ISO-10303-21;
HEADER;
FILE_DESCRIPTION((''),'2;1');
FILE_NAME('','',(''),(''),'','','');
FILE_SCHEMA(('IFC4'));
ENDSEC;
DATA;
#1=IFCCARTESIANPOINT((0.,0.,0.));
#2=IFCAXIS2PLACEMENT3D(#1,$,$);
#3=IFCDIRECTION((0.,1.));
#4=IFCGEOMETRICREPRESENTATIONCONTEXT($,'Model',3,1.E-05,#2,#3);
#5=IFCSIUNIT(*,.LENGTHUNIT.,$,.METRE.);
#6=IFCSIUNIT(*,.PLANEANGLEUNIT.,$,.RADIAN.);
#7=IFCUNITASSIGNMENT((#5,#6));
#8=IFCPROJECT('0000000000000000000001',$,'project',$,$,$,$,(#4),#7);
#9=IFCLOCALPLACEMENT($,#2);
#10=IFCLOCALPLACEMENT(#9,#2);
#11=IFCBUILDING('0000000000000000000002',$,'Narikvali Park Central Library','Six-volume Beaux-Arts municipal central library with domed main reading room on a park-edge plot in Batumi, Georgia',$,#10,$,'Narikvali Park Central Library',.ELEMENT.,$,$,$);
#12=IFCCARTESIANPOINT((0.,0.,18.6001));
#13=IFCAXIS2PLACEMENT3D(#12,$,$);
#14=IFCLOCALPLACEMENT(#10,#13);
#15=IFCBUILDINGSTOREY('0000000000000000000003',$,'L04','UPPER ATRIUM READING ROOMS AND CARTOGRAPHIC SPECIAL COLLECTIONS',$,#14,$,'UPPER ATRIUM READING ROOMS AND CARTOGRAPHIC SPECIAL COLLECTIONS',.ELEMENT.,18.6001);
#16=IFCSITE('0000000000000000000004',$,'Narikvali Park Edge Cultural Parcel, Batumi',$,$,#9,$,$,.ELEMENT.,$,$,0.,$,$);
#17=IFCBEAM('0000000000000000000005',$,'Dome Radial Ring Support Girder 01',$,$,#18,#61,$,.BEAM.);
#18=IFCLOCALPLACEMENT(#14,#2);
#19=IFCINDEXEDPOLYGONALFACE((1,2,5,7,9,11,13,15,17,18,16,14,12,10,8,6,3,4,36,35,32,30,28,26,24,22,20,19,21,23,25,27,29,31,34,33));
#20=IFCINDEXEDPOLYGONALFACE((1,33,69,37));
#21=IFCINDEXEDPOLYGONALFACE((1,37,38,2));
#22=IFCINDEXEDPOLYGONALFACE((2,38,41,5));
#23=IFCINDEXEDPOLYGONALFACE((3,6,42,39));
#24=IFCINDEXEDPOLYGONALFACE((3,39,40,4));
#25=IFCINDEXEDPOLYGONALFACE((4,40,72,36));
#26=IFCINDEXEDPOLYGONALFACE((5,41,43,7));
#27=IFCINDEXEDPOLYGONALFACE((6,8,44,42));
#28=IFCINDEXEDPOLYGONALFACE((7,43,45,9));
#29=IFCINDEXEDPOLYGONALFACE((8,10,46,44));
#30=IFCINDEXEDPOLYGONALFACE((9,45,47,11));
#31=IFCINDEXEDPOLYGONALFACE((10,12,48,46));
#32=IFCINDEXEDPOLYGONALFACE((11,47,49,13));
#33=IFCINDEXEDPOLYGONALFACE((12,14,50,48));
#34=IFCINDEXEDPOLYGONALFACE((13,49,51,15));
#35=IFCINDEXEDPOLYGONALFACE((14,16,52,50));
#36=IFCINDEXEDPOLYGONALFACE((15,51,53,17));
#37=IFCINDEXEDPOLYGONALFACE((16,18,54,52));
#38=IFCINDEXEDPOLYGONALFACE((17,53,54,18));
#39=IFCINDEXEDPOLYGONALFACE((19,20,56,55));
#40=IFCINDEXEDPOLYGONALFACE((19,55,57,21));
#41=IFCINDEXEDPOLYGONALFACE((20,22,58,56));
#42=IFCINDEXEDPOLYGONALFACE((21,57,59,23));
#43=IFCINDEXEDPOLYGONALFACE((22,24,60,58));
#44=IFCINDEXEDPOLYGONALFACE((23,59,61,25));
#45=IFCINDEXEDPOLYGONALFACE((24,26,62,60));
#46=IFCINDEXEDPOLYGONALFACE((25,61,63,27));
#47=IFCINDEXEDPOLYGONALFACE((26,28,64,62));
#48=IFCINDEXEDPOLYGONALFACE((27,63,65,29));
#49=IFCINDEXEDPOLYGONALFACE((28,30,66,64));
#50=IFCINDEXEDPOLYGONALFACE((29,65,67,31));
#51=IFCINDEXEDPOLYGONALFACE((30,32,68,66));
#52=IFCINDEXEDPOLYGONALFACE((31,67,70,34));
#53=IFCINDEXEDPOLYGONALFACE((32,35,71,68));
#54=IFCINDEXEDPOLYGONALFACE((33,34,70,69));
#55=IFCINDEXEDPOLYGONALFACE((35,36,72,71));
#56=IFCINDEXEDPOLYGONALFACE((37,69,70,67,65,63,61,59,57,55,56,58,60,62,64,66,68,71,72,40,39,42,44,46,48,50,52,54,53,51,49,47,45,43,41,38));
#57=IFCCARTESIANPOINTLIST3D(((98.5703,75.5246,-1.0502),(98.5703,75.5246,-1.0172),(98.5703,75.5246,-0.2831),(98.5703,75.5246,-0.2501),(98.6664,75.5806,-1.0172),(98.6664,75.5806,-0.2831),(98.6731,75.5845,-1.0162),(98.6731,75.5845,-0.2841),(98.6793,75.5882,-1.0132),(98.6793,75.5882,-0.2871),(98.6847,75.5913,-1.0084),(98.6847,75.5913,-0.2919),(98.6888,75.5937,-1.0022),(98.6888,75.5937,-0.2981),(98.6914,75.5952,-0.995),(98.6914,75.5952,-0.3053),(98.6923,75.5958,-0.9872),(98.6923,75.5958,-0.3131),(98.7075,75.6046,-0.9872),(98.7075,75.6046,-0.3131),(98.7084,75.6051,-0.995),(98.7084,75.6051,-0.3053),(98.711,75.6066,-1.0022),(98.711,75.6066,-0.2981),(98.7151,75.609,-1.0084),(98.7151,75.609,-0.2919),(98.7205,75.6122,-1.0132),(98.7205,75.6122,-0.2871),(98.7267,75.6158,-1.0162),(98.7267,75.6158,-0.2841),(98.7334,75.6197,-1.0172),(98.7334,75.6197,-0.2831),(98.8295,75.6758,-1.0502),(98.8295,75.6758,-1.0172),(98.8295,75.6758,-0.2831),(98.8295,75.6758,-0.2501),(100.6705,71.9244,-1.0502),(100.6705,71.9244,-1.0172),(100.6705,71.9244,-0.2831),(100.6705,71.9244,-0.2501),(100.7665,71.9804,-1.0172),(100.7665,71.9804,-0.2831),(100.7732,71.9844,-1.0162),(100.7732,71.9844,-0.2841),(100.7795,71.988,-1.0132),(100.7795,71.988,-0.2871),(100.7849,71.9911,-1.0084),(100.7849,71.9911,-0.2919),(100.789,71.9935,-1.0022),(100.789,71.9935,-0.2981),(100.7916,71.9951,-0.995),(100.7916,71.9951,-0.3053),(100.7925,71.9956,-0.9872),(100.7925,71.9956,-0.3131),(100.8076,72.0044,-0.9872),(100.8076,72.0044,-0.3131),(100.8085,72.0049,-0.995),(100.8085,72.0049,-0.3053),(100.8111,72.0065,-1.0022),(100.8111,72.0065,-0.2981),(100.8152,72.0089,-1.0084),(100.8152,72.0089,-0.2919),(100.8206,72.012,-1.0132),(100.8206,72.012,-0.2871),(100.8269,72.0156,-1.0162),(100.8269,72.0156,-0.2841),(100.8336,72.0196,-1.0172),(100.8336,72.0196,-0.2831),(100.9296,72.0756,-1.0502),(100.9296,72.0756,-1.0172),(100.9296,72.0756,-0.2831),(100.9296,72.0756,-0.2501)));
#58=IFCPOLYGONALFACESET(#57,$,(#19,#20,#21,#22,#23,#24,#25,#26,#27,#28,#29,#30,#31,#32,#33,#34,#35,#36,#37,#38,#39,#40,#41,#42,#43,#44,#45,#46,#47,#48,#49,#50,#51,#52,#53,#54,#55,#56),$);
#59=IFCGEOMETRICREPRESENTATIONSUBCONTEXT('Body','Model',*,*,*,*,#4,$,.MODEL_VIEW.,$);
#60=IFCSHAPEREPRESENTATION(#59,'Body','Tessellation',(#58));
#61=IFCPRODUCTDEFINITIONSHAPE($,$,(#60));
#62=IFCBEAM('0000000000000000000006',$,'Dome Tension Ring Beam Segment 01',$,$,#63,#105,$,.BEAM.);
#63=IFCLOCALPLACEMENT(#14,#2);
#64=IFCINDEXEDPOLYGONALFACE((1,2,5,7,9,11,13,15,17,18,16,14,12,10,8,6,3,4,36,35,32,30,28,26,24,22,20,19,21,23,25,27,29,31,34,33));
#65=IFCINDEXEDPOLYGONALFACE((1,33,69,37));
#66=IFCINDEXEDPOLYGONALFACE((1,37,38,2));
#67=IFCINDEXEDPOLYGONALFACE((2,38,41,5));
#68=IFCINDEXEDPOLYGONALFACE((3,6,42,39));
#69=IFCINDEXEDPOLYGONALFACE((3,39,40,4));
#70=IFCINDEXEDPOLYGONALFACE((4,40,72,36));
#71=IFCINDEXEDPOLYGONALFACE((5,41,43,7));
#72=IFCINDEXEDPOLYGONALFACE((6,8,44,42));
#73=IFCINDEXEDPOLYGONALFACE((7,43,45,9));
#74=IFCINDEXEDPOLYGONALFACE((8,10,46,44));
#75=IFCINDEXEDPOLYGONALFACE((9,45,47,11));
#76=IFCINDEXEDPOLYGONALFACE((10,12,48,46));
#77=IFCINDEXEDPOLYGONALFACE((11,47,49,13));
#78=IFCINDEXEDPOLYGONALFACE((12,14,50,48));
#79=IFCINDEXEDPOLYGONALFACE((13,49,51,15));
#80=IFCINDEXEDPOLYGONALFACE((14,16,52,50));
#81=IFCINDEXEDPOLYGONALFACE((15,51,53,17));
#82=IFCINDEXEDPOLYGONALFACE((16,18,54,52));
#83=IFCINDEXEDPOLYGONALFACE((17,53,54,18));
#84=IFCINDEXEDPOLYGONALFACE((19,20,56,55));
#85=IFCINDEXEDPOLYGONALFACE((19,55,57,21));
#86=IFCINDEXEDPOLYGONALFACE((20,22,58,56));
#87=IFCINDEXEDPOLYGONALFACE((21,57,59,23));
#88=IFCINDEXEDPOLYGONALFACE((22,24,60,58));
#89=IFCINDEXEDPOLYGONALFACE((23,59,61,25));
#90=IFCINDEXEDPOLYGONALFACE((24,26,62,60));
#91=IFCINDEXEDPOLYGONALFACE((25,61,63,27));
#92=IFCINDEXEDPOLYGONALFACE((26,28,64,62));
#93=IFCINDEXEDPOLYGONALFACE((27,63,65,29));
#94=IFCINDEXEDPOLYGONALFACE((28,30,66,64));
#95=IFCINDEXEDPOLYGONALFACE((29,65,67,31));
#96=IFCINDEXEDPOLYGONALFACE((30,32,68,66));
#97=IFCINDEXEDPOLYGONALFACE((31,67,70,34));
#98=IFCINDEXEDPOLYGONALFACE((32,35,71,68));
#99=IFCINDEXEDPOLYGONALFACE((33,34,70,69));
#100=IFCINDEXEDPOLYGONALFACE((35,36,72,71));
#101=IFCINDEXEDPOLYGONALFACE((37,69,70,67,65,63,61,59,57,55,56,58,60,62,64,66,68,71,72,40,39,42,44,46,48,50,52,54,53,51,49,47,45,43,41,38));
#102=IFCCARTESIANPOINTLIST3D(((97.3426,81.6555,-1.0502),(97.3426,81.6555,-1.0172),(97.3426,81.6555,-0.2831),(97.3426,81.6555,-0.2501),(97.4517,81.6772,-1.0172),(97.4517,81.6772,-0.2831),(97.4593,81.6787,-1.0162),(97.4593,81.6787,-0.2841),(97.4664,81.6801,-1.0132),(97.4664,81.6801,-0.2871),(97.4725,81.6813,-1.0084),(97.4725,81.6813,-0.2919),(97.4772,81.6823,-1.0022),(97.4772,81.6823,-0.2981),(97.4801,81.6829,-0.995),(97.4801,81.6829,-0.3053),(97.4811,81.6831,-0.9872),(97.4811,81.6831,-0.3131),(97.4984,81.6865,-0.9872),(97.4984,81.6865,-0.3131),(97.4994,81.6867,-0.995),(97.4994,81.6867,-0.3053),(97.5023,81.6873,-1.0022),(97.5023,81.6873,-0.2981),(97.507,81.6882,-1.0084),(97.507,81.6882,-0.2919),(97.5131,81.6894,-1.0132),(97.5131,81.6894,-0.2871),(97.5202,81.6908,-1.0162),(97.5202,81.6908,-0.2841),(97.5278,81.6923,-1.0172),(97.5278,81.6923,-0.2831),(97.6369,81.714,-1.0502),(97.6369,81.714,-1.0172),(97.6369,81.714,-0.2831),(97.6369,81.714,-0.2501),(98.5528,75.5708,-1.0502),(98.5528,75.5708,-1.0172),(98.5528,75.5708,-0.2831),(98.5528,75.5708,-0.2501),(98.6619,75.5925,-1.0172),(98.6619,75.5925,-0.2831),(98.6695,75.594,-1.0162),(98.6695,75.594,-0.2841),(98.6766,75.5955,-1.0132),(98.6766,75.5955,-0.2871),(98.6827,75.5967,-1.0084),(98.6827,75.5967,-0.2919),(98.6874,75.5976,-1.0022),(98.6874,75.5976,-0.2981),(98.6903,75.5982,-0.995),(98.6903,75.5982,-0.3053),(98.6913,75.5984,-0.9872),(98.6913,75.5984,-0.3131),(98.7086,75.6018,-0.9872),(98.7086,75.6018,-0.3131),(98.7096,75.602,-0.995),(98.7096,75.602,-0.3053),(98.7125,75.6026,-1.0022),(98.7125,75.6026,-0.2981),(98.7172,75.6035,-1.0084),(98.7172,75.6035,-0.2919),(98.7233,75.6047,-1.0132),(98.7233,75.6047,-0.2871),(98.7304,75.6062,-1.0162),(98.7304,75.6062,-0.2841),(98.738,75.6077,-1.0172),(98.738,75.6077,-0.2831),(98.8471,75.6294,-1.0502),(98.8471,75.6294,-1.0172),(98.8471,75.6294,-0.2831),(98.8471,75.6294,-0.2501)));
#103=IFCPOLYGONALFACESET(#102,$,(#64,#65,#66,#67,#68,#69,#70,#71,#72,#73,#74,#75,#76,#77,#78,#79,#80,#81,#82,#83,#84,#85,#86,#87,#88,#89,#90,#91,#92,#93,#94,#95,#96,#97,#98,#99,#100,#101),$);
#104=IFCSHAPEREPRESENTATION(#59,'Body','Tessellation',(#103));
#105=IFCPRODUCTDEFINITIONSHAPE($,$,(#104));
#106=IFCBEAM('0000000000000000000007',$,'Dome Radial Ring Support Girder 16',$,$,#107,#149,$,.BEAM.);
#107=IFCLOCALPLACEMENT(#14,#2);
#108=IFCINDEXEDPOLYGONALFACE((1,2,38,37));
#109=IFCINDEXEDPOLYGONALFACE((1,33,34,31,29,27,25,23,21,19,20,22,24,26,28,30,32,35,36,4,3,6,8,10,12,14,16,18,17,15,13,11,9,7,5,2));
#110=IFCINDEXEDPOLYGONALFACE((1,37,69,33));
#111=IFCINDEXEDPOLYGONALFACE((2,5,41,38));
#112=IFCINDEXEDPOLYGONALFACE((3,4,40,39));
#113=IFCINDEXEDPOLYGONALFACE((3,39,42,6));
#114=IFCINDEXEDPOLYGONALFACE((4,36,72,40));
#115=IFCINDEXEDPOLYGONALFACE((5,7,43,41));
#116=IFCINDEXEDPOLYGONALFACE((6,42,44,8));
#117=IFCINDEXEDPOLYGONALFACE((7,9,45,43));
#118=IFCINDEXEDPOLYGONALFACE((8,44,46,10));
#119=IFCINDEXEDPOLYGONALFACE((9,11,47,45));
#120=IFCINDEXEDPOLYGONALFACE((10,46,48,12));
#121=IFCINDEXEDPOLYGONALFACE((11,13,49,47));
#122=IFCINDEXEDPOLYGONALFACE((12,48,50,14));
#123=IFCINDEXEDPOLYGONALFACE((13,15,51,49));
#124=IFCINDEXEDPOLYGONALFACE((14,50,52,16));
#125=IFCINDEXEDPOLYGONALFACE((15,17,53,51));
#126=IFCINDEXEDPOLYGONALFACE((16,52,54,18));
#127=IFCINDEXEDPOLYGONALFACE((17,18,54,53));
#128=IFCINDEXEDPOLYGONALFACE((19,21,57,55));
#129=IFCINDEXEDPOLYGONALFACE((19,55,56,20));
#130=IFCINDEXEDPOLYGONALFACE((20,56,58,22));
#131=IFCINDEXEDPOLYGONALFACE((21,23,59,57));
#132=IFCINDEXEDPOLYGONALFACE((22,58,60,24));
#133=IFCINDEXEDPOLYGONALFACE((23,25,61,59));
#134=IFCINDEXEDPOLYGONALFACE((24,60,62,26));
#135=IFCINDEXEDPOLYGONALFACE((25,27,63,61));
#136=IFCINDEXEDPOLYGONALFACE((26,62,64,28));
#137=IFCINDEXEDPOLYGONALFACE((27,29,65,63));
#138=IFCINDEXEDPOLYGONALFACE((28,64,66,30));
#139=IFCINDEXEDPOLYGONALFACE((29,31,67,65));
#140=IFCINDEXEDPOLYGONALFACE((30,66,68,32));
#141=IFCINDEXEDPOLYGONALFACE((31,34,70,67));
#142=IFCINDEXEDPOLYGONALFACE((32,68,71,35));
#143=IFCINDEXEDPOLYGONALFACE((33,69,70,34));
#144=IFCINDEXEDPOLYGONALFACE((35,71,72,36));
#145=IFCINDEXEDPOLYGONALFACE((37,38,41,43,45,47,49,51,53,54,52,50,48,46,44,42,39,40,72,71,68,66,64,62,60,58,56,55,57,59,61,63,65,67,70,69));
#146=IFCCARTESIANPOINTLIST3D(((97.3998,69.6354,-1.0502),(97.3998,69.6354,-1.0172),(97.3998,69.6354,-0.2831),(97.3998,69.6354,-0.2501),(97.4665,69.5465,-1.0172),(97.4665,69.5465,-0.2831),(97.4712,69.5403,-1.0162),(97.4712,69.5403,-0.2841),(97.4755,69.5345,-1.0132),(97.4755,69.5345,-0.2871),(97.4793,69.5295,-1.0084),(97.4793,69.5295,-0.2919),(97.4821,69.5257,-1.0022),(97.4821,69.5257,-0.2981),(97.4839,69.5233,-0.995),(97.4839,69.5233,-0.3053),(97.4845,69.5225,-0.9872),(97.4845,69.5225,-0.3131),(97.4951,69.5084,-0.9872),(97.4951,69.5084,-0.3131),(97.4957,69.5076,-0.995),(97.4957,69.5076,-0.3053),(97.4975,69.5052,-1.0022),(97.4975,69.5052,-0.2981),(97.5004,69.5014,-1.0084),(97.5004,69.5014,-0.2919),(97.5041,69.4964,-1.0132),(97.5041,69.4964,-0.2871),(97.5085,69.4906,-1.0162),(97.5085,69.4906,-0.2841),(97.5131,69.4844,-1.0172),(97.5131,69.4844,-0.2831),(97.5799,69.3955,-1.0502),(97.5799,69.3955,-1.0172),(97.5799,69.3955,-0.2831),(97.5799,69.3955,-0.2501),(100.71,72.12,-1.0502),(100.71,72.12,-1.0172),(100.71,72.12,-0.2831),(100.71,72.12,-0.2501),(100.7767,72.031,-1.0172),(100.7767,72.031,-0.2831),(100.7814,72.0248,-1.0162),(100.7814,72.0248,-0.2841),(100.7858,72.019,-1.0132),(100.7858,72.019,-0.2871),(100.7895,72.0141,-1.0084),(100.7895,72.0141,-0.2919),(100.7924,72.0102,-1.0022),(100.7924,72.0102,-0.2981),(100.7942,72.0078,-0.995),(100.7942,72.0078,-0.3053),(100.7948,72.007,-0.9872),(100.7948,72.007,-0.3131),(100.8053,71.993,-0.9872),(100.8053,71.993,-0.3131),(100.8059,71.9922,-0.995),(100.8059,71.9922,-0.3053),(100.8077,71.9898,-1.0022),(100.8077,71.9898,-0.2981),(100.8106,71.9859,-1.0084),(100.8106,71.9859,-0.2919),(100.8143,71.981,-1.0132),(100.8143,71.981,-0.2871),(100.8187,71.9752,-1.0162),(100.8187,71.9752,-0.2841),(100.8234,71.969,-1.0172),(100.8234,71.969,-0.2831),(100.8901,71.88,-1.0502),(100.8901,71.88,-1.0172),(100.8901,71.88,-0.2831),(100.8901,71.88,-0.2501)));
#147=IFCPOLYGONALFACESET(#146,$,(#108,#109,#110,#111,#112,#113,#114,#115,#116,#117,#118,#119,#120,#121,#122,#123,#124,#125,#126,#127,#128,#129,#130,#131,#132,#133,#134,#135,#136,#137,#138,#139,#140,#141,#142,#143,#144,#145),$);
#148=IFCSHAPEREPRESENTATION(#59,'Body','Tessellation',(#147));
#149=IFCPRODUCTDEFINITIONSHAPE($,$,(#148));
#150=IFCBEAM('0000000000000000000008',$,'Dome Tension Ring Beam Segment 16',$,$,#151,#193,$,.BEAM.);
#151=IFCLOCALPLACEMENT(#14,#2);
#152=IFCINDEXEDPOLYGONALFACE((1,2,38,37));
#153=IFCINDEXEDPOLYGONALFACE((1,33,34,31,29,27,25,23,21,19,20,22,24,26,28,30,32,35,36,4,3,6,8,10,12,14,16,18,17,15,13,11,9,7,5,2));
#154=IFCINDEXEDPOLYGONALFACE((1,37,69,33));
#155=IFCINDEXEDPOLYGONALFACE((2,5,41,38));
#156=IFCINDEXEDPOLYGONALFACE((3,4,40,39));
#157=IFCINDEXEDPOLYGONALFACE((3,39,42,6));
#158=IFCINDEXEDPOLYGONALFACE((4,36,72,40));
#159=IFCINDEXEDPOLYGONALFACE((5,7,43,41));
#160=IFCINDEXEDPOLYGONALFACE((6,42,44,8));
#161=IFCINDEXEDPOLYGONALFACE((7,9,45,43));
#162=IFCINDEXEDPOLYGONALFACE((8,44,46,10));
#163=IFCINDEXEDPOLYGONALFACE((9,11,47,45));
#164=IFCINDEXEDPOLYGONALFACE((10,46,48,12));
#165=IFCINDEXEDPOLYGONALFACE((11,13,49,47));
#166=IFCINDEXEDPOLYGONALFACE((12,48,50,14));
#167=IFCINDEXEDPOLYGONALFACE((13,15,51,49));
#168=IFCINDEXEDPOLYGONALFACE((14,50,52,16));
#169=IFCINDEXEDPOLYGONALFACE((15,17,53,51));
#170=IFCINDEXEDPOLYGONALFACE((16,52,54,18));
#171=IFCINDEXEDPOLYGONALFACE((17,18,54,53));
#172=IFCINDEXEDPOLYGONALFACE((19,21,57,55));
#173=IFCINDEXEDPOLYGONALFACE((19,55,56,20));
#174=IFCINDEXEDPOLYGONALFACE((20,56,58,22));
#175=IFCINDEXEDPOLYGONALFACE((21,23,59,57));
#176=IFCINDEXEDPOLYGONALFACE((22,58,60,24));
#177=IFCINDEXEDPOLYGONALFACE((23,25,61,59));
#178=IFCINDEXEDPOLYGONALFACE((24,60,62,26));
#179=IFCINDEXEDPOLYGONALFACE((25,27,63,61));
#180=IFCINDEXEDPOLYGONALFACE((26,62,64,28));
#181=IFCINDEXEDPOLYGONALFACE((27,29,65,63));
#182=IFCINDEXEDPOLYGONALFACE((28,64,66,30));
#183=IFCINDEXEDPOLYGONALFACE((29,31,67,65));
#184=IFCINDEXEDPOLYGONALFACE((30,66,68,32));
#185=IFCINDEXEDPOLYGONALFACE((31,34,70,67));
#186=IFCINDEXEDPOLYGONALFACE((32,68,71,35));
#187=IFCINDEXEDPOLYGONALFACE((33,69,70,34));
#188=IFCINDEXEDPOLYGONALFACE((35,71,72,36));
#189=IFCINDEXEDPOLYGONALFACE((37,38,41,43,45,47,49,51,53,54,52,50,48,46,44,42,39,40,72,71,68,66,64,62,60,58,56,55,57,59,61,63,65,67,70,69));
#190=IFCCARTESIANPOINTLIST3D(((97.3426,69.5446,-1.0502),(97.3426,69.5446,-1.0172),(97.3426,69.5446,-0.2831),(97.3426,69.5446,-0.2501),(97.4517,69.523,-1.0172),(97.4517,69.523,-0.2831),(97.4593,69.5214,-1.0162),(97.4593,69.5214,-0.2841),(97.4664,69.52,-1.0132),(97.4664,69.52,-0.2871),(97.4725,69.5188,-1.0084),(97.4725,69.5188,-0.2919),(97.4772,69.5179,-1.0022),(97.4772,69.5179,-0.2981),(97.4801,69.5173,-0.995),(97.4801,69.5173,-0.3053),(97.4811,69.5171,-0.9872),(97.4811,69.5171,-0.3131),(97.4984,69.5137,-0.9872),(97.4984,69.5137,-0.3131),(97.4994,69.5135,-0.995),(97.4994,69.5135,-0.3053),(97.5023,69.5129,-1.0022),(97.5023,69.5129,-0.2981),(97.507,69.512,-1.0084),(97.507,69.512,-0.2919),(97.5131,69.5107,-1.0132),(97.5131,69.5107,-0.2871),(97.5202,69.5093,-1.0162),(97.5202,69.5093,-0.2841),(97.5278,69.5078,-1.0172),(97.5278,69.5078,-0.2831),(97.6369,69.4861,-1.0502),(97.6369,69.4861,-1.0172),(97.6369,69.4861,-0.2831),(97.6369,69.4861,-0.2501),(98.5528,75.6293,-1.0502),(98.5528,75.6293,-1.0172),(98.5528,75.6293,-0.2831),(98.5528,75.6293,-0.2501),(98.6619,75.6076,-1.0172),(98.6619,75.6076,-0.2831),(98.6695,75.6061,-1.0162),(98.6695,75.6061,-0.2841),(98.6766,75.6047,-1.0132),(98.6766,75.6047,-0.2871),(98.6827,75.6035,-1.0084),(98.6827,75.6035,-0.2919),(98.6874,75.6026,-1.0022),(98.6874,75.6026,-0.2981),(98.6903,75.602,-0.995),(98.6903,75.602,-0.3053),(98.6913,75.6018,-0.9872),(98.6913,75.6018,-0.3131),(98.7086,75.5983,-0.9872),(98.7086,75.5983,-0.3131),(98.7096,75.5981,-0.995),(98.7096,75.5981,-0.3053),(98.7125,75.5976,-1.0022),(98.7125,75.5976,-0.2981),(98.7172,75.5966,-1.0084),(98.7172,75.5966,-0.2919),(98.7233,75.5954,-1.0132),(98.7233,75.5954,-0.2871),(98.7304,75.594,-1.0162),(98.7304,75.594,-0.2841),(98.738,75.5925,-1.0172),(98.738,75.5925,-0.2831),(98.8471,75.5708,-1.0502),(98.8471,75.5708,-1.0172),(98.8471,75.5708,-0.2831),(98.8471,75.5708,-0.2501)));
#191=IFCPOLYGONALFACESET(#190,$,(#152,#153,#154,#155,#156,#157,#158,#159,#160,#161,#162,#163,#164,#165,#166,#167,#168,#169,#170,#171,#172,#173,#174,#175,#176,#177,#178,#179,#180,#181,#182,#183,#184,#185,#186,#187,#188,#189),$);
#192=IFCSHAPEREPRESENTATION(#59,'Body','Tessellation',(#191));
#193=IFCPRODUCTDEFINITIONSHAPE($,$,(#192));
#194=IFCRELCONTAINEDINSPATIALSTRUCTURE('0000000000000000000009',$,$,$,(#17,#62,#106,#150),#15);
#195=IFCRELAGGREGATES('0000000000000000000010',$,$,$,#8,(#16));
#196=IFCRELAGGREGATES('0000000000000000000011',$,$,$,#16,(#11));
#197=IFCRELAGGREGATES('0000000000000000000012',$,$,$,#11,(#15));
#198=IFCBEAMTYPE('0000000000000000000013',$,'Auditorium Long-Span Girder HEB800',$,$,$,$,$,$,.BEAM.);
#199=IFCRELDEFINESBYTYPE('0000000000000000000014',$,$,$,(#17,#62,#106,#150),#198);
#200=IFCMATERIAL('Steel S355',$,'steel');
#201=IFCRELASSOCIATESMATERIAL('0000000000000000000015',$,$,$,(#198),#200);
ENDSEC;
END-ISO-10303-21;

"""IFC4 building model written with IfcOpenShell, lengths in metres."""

from ifc_helpers import new_model, si_unit, direction, frame, origin, origin_2d, place, context, subcontext, project, spatial, i_section, extrude, material, material_profile, profile_set, type_object, element, save


model = new_model("IFC4")

# Units and contexts
model_context = context("Model", 3, precision=1e-05, world=origin(), true_north=direction((0.0, 1.0)))
body_context = subcontext(model_context, "Body", "Model", "MODEL_VIEW")
ifc_project = project(units=[si_unit("LENGTHUNIT", "METRE"), si_unit("PLANEANGLEUNIT", "RADIAN")], contexts=[model_context])

# Site, building, storey
site_placement = place(None, origin())
site = spatial("IfcSite", under=ifc_project, at=site_placement, Name="Narikvali Park Edge Cultural Parcel, Batumi", CompositionType="ELEMENT", RefElevation=0.0)
building_placement = place(site_placement, origin())
building = spatial("IfcBuilding", under=site, at=building_placement, Name="Narikvali Park Central Library", Description="Six-volume Beaux-Arts municipal central library with domed main reading room on a park-edge plot in Batumi, Georgia", LongName="Narikvali Park Central Library", CompositionType="ELEMENT")
storey_placement = place(building_placement, frame((0.0, 0.0, 18.6001)))
storey = spatial("IfcBuildingStorey", under=building, at=storey_placement, Name="L04", Description="UPPER ATRIUM READING ROOMS AND CARTOGRAPHIC SPECIAL COLLECTIONS", LongName="UPPER ATRIUM READING ROOMS AND CARTOGRAPHIC SPECIAL COLLECTIONS", CompositionType="ELEMENT", Elevation=18.6001)

# Beams
ifc_material_1 = material(Name="Steel S355", Category="steel")
ifc_material_profile_1 = material_profile(ifc_material_1, i_section(OverallWidth=0.3, OverallDepth=0.8, WebThickness=0.0176, FlangeThickness=0.033, FilletRadius=0.03, at=origin_2d()), Name="HEB 800")
ifc_profile_set_1 = profile_set([ifc_material_profile_1], Name="Steel S355")
beam_type_1 = type_object("IfcBeamType", Name="Auditorium Long-Span Girder HEB800", PredefinedType="BEAM", material=ifc_profile_set_1)
beam_1_placement = place(storey_placement, frame((100.8, 72.0, -0.6501), z_axis=(-0.503878, 0.863775, 0.0), x_axis=(-0.863775, -0.503878, 0.0)))
element("IfcBeam", 1, at=beam_1_placement, inside=storey, type_object=beam_type_1, Name="Dome Radial Ring Support Girder 01", PredefinedType="BEAM", context=body_context, shape_type="SweptSolid", body=[
    extrude(i_section(OverallWidth=0.3, OverallDepth=0.8, WebThickness=0.0176, FlangeThickness=0.033, FilletRadius=0.03, at=origin_2d()), origin(), (0.0, 0.0, 1.0), 4.168),
])
beam_2_placement = place(storey_placement, frame((98.7, 75.6001, -0.6501), z_axis=(-0.195072, 0.980789, 0.0), x_axis=(-0.980789, -0.195072, 0.0)))
element("IfcBeam", 2, at=beam_2_placement, inside=storey, type_object=beam_type_1, Name="Dome Tension Ring Beam Segment 01", PredefinedType="BEAM", context=body_context, shape_type="SweptSolid", body=[
    extrude(i_section(OverallWidth=0.3, OverallDepth=0.8, WebThickness=0.0176, FlangeThickness=0.033, FilletRadius=0.03, at=origin_2d()), origin(), (0.0, 0.0, 1.0), 6.2039),
])
beam_3_placement = place(storey_placement, frame((100.8, 72.0, -0.6501), z_axis=(-0.799781, -0.600293, 0.0), x_axis=(0.600293, -0.799781, 0.0)))
element("IfcBeam", 3, at=beam_3_placement, inside=storey, type_object=beam_type_1, Name="Dome Radial Ring Support Girder 16", PredefinedType="BEAM", context=body_context, shape_type="SweptSolid", body=[
    extrude(i_section(OverallWidth=0.3, OverallDepth=0.8, WebThickness=0.0176, FlangeThickness=0.033, FilletRadius=0.03, at=origin_2d()), origin(), (0.0, 0.0, 1.0), 4.1389),
])
beam_4_placement = place(storey_placement, frame((97.4897, 69.5154, -0.6501), z_axis=(0.195072, 0.980789, 0.0), x_axis=(-0.980789, 0.195072, 0.0)))
element("IfcBeam", 4, at=beam_4_placement, inside=storey, type_object=beam_type_1, Name="Dome Tension Ring Beam Segment 16", PredefinedType="BEAM", context=body_context, shape_type="SweptSolid", body=[
    extrude(i_section(OverallWidth=0.3, OverallDepth=0.8, WebThickness=0.0176, FlangeThickness=0.033, FilletRadius=0.03, at=origin_2d()), origin(), (0.0, 0.0, 1.0), 6.2039),
])

save(model, "model.ifc")
